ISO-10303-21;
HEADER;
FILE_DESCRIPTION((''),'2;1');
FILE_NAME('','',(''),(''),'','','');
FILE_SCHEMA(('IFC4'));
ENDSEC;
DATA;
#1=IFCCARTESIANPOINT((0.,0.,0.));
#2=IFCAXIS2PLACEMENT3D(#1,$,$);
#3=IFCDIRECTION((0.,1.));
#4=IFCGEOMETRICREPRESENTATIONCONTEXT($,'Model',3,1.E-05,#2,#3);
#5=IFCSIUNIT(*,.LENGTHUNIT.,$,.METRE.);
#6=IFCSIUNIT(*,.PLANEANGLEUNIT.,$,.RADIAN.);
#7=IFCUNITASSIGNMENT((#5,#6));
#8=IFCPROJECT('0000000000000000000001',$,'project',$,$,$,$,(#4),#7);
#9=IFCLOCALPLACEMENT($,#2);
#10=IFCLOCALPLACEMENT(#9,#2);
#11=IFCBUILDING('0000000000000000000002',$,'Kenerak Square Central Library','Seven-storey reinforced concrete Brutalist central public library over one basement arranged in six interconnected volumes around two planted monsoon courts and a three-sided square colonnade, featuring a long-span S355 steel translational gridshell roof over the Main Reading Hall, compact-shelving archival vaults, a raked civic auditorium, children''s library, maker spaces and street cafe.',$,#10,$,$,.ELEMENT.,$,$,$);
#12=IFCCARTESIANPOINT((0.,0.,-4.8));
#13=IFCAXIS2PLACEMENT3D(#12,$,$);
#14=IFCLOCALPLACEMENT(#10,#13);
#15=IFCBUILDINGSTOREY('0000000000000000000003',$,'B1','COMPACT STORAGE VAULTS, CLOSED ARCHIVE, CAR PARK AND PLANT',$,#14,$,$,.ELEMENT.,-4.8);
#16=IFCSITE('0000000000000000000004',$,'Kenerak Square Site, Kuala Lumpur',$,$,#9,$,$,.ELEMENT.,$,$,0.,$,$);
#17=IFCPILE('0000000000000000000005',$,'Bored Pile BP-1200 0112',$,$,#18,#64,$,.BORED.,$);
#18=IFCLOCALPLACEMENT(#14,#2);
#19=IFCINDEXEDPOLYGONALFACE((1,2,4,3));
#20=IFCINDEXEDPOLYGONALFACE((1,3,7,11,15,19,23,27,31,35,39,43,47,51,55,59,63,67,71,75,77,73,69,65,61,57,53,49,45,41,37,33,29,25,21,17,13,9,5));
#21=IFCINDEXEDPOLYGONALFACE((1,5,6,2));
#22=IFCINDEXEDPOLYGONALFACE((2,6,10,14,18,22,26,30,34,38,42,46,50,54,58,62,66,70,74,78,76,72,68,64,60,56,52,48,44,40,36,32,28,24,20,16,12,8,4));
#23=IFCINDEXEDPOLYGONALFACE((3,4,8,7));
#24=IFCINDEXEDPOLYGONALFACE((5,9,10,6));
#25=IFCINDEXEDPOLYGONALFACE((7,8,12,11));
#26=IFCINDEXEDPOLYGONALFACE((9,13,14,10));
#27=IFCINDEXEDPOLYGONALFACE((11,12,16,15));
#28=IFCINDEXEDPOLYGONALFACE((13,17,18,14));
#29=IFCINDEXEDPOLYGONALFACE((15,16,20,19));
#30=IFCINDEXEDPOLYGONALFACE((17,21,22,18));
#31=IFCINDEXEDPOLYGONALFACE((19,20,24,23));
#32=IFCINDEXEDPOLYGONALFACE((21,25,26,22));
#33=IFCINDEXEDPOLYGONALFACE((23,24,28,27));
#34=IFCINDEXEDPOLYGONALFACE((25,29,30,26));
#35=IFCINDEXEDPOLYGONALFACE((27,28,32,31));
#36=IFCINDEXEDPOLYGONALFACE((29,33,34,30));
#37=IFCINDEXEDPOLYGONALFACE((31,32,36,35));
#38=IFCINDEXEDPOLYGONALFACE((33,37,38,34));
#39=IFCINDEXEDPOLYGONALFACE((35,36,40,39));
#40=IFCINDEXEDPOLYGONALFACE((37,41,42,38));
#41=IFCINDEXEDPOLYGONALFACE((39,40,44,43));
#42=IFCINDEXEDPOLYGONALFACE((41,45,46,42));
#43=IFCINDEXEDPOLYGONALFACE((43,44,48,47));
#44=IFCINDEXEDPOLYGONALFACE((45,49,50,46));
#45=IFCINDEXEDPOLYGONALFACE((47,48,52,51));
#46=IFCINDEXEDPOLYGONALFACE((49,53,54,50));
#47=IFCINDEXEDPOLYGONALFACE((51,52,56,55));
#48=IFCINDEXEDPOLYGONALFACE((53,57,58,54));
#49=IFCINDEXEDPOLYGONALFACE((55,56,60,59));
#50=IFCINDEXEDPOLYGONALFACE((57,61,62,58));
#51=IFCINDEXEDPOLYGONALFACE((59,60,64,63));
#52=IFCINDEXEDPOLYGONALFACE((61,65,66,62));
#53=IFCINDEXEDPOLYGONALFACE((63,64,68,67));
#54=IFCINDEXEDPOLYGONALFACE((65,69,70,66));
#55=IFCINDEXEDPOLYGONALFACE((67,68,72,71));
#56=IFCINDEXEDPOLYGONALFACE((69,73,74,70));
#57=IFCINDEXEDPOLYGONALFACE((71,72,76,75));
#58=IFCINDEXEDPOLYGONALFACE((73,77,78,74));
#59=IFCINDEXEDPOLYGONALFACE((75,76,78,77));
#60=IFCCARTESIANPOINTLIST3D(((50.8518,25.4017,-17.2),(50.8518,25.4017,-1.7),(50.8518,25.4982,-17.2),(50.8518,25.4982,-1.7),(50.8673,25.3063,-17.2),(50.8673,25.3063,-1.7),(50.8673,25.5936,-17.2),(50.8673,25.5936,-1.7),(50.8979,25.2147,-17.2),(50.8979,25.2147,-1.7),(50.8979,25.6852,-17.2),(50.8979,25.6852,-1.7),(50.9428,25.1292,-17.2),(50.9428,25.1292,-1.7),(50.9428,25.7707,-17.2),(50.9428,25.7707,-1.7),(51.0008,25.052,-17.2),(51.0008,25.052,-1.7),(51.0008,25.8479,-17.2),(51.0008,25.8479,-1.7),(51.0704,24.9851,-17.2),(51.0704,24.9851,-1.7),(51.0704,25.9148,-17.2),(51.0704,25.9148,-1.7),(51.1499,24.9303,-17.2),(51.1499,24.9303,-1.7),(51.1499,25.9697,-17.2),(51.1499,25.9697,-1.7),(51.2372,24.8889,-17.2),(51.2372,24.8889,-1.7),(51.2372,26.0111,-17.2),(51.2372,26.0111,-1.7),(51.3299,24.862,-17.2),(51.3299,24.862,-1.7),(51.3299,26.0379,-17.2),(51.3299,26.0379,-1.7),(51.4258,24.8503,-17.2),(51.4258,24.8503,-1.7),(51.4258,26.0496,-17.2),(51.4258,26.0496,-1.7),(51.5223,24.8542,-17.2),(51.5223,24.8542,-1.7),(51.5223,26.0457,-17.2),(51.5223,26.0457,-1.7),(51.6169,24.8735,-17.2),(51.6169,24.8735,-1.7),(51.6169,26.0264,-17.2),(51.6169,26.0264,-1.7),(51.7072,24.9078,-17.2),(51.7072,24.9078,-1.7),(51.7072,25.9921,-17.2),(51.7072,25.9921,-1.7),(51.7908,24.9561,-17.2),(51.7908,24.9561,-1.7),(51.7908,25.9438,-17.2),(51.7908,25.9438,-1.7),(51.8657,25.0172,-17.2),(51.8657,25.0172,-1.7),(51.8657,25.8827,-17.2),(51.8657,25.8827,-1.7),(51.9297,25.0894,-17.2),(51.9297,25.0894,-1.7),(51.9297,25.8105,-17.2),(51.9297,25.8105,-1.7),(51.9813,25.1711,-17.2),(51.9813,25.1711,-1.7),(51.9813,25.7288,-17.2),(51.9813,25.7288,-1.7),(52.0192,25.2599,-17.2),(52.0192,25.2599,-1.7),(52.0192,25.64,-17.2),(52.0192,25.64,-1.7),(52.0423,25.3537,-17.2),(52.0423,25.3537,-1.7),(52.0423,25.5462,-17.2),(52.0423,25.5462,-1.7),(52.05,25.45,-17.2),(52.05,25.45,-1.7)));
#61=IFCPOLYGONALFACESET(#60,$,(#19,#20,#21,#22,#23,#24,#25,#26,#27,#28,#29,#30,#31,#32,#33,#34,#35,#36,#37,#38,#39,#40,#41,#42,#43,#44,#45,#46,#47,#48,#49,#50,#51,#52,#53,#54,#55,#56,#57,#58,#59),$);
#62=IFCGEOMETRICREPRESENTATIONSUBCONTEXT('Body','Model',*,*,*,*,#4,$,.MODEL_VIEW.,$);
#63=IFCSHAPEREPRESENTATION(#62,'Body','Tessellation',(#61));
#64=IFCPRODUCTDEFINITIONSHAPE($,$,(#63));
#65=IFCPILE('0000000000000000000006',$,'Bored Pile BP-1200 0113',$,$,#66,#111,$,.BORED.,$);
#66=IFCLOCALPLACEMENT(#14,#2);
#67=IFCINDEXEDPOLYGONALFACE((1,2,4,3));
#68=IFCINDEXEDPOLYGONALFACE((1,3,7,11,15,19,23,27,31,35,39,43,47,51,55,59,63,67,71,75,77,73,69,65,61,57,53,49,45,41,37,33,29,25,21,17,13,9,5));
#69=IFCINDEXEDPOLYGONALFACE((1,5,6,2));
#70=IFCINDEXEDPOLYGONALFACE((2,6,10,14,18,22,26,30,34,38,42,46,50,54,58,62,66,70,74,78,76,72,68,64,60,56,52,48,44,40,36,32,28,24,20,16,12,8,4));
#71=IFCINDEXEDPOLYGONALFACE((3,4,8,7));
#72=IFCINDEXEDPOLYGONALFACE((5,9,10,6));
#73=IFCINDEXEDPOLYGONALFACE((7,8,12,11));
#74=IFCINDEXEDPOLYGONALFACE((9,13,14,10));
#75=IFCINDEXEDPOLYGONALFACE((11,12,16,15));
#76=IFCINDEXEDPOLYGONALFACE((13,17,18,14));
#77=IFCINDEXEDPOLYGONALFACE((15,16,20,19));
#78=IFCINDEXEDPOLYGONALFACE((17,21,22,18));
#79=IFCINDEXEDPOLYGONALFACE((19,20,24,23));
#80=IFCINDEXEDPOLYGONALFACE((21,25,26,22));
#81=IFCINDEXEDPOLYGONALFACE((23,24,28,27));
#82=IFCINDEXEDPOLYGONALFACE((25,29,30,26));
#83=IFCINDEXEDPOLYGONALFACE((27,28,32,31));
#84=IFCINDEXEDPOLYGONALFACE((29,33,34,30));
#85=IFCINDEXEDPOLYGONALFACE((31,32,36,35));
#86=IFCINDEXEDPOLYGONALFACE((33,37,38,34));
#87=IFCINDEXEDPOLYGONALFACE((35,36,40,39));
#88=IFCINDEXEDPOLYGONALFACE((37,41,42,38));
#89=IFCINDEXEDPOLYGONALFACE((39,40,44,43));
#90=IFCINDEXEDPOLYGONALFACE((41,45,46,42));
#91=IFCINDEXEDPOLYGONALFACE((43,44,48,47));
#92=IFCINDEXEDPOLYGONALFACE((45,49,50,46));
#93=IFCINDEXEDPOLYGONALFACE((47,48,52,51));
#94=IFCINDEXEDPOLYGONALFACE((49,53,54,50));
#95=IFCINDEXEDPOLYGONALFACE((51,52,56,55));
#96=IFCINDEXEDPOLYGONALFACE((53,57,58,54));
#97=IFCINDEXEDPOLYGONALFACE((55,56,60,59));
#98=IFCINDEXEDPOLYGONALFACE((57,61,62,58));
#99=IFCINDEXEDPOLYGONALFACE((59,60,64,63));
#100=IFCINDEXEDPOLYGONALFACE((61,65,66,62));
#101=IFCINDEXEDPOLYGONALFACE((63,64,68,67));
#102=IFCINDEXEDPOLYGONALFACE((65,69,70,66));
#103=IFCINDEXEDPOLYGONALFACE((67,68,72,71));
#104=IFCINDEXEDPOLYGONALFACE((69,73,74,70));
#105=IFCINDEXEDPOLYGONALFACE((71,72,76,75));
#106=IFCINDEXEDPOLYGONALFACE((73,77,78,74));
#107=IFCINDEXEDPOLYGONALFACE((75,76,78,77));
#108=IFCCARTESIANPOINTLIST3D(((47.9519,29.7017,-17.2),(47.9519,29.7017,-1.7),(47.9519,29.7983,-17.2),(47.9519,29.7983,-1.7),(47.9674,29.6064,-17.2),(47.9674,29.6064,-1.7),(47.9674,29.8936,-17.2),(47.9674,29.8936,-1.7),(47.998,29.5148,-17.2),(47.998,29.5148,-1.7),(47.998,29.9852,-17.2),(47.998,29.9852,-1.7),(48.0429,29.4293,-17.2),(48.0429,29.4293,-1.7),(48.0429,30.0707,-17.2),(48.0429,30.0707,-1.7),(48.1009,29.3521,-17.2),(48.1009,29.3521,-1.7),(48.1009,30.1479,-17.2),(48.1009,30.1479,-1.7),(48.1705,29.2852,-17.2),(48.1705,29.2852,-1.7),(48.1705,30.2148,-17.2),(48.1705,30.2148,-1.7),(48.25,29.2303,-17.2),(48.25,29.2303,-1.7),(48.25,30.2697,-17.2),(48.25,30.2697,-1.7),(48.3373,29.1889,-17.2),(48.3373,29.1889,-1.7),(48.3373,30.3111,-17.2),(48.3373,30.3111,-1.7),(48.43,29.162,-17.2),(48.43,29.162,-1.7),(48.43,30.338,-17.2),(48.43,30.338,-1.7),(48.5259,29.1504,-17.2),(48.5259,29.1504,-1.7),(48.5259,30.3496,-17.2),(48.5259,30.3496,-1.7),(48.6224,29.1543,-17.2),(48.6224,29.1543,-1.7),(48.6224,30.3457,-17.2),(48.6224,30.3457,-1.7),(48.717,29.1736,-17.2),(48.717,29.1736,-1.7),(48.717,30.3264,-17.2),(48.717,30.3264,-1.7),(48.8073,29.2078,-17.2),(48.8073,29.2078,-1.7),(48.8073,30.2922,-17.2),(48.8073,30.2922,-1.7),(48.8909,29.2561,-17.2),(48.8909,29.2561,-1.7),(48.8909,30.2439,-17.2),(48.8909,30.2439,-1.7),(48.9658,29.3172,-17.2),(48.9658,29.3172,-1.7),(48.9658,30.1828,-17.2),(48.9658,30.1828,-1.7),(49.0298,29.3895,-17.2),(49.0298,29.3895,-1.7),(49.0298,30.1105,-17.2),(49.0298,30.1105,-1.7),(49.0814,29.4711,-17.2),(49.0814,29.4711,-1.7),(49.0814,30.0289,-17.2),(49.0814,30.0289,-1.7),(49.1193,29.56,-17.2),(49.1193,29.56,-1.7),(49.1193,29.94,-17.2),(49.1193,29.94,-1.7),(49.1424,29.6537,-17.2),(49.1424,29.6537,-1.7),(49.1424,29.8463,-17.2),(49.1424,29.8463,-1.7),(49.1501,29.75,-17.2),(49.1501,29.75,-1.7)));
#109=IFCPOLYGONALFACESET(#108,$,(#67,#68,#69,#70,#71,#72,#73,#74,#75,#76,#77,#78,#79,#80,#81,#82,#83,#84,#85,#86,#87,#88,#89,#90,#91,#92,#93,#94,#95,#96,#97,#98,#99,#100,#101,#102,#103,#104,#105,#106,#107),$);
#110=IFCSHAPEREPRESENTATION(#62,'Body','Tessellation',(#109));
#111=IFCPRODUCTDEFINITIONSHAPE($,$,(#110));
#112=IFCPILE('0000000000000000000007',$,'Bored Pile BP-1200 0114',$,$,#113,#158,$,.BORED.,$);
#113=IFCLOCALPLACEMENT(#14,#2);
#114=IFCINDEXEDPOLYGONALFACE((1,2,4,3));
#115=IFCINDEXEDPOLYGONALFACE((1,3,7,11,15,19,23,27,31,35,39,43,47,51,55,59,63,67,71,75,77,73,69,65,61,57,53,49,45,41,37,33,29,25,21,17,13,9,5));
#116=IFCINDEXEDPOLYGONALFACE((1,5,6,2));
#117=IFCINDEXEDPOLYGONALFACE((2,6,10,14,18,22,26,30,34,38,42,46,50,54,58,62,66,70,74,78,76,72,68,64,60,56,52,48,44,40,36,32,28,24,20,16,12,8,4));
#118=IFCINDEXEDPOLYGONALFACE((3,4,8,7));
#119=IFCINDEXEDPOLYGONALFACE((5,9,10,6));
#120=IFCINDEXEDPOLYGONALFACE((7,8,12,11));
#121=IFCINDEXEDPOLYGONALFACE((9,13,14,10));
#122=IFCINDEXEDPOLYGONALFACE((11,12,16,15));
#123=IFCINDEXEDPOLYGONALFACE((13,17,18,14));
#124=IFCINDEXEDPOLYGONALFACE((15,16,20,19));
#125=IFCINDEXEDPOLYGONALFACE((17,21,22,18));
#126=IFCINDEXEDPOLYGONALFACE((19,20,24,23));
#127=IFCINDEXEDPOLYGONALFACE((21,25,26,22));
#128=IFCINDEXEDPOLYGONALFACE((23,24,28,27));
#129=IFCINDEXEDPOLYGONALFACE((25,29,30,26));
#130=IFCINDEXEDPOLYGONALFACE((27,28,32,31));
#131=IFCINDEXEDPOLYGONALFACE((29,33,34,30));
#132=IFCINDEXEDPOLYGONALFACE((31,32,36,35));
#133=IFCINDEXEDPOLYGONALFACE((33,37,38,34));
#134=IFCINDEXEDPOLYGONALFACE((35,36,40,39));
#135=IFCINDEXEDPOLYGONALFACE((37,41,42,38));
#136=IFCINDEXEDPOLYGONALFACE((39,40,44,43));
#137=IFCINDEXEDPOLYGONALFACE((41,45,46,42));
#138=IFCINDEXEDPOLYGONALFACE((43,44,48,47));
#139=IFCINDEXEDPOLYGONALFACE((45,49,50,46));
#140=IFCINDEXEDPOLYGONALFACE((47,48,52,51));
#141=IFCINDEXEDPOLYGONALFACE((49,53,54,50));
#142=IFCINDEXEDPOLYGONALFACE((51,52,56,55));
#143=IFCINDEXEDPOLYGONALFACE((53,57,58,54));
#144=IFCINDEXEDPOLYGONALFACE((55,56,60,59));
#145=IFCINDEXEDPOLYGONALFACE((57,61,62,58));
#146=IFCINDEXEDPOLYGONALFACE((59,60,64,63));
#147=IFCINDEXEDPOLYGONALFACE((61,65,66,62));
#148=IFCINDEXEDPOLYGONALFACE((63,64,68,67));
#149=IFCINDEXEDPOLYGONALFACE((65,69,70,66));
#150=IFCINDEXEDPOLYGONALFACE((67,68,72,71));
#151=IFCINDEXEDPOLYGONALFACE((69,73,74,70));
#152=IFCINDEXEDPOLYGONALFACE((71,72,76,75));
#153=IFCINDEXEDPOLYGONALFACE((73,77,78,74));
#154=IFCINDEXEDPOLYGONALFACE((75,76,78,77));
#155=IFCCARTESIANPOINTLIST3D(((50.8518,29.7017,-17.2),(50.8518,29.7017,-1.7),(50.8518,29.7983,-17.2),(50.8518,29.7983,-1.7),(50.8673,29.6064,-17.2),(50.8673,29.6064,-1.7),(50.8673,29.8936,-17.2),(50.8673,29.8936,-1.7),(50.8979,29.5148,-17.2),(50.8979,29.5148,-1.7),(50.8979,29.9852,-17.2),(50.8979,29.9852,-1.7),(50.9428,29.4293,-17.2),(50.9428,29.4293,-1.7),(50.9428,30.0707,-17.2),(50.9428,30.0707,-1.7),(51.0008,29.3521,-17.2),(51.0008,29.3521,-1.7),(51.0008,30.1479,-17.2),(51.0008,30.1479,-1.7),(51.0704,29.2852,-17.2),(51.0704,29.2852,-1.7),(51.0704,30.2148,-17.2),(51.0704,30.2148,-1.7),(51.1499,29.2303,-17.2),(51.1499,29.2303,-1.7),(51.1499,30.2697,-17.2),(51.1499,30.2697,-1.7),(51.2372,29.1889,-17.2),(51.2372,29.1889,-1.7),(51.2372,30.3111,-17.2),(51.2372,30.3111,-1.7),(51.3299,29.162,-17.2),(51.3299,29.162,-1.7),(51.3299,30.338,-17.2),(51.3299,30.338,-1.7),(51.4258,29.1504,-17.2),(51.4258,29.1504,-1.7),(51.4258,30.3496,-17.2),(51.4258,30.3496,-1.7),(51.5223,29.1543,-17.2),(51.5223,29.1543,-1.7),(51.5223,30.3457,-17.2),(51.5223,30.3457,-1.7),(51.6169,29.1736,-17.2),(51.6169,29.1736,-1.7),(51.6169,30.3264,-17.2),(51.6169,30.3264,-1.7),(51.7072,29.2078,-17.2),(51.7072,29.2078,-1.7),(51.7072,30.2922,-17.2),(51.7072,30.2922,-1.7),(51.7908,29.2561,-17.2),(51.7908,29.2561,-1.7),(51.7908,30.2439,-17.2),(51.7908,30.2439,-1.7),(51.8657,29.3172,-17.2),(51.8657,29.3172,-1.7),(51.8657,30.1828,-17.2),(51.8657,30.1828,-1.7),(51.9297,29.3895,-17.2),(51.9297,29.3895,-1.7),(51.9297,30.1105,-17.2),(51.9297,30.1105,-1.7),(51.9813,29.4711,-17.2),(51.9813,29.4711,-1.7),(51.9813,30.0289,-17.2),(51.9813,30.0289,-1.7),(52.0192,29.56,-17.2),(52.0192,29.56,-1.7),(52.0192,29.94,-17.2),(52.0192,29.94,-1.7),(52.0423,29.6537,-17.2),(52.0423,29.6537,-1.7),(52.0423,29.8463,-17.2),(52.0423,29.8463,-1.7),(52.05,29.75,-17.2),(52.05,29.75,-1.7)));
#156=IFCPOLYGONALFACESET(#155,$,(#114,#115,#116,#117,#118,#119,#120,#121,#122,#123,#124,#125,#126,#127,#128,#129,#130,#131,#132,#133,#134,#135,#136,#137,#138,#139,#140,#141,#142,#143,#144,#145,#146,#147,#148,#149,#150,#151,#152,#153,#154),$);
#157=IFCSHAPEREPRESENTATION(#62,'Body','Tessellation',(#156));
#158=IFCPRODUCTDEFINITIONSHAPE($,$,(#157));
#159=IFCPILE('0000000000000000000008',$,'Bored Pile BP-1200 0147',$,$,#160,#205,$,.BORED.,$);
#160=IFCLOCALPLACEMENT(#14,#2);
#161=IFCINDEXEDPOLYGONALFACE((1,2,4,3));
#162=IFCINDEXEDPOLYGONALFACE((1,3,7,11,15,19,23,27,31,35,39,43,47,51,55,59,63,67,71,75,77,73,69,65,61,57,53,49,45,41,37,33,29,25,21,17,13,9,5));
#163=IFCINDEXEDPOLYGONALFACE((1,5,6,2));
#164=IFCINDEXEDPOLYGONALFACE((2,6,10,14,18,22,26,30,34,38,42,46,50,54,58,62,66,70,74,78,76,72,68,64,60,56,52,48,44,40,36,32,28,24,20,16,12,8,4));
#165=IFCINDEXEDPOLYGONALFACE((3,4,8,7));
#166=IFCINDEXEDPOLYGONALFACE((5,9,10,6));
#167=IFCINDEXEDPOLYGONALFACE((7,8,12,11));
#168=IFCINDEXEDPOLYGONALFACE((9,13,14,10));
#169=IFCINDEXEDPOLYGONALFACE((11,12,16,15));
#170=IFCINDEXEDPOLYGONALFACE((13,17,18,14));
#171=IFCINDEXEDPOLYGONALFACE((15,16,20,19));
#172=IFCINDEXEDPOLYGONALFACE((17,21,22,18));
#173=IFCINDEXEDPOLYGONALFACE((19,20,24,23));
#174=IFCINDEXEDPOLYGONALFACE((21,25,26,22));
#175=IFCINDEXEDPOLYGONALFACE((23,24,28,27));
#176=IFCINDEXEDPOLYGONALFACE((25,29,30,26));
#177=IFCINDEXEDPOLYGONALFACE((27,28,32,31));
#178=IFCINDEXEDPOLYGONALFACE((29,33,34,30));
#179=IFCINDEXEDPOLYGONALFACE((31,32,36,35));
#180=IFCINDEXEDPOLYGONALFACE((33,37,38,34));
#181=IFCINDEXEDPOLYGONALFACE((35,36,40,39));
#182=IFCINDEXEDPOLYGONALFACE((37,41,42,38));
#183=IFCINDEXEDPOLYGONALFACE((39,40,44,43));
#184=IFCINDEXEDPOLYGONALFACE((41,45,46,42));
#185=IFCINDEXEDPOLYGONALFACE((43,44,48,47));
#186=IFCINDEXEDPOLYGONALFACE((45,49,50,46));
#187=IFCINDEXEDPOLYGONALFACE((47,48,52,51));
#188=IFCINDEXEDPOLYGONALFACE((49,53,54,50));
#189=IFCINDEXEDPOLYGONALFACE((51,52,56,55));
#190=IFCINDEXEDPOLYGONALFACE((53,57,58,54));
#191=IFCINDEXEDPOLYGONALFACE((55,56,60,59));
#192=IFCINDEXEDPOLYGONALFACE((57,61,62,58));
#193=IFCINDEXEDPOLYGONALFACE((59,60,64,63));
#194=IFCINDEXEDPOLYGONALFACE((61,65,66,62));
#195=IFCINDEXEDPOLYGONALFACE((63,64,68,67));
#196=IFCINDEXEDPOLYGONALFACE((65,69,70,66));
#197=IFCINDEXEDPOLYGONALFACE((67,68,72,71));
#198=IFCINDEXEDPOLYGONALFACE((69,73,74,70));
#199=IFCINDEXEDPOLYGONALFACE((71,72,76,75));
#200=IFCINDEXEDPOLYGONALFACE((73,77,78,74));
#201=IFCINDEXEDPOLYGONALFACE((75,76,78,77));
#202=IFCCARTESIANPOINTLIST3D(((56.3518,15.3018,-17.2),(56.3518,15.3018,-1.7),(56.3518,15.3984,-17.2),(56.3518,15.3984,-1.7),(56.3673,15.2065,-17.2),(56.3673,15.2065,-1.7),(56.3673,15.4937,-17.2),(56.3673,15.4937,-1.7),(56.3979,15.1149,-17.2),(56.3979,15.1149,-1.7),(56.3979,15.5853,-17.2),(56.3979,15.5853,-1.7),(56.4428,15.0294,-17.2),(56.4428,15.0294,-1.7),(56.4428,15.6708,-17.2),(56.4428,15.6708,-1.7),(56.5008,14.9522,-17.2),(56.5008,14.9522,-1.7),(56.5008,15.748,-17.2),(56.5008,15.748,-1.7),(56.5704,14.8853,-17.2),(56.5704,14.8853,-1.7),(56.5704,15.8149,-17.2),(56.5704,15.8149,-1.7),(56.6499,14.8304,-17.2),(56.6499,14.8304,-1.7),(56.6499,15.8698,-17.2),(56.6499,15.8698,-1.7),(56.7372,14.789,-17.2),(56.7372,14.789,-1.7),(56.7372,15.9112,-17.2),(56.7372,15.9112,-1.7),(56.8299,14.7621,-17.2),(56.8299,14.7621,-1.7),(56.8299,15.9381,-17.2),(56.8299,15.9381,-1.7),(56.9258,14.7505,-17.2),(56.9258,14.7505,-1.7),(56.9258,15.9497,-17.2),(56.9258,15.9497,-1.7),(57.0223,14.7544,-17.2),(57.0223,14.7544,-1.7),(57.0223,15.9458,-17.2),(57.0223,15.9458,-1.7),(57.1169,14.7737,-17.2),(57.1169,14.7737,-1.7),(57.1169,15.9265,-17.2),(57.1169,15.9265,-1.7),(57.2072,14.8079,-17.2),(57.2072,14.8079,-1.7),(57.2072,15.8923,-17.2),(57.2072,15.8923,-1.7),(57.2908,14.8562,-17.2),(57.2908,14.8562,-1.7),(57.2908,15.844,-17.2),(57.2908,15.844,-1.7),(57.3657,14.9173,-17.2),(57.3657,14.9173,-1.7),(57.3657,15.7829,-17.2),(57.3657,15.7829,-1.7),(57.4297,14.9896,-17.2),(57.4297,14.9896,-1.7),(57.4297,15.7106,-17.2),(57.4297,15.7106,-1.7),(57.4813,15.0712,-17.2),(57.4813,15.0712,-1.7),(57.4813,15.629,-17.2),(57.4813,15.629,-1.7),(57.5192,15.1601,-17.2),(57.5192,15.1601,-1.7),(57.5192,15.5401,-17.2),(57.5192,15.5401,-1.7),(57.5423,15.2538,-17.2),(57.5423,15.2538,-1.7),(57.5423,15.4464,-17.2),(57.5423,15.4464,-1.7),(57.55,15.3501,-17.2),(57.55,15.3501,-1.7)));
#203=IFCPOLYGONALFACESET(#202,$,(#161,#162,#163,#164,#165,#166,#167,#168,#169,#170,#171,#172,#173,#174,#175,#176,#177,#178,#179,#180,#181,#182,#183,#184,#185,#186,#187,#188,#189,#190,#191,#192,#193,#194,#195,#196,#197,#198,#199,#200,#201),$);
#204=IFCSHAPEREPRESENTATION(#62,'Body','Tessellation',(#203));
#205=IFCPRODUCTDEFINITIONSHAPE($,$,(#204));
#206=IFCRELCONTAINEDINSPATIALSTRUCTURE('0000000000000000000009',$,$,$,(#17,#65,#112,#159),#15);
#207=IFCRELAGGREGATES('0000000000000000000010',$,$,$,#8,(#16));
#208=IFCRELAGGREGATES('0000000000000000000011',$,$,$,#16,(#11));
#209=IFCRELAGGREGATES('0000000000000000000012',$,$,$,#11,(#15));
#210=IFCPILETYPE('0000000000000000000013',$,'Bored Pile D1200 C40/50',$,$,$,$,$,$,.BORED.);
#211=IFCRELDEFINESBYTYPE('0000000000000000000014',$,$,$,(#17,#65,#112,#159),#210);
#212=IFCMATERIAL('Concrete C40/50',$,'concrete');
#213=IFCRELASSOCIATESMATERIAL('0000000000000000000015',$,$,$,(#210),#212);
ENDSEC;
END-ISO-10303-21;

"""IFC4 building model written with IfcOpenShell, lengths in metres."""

from ifc_helpers import new_model, si_unit, direction, frame, origin, origin_2d, place, context, subcontext, project, spatial, circle, extrude, material, material_profile, profile_set, type_object, element, save


model = new_model("IFC4")

# Units and contexts
model_context = context("Model", 3, precision=1e-05, world=origin(), true_north=direction((0.0, 1.0)))
body_context = subcontext(model_context, "Body", "Model", "MODEL_VIEW")
ifc_project = project(units=[si_unit("LENGTHUNIT", "METRE"), si_unit("PLANEANGLEUNIT", "RADIAN")], contexts=[model_context])

# Site, building, storey
site_placement = place(None, origin())
site = spatial("IfcSite", under=ifc_project, at=site_placement, Name="Kenerak Square Site, Kuala Lumpur", CompositionType="ELEMENT", RefElevation=0.0)
building_placement = place(site_placement, origin())
building = spatial("IfcBuilding", under=site, at=building_placement, Name="Kenerak Square Central Library", Description="Seven-storey reinforced concrete Brutalist central public library over one basement arranged in six interconnected volumes around two planted monsoon courts and a three-sided square colonnade, featuring a long-span S355 steel translational gridshell roof over the Main Reading Hall, compact-shelving archival vaults, a raked civic auditorium, children's library, maker spaces and street cafe.", CompositionType="ELEMENT")
storey_placement = place(building_placement, frame((0.0, 0.0, -4.8)))
storey = spatial("IfcBuildingStorey", under=building, at=storey_placement, Name="B1", Description="COMPACT STORAGE VAULTS, CLOSED ARCHIVE, CAR PARK AND PLANT", CompositionType="ELEMENT", Elevation=-4.8)

# Piles
ifc_material_1 = material(Name="Concrete C40/50", Category="concrete")
ifc_material_profile_1 = material_profile(ifc_material_1, circle(Radius=0.6001, at=origin_2d()), Name="BP D1200")
ifc_profile_set_1 = profile_set([ifc_material_profile_1], Name="Concrete C40/50")
pile_type = type_object("IfcPileType", Name="Bored Pile D1200 C40/50", PredefinedType="BORED", material=ifc_profile_set_1)
for number, where, z_axis, x_axis, name in (
    (1, (51.45, 25.45, -1.7), (0.0, 0.0, -1.0), (1.0, 0.0, 0.0), "Bored Pile BP-1200 0112"),
    (2, (48.55, 29.75, -1.7), (0.0, 0.0, -1.0), (1.0, 0.0, 0.0), "Bored Pile BP-1200 0113"),
    (3, (51.45, 29.75, -1.7), (0.0, 0.0, -1.0), (1.0, 0.0, 0.0), "Bored Pile BP-1200 0114"),
    (4, (56.95, 15.3501, -1.7), (0.0, 0.0, -1.0), (1.0, 0.0, 0.0), "Bored Pile BP-1200 0147"),
):
    element("IfcPile", number, at=place(storey_placement, frame(where, z_axis=z_axis, x_axis=x_axis)), inside=storey, type_object=pile_type, Name=name, PredefinedType="BORED", context=body_context, shape_type="SweptSolid", body=[
        extrude(circle(Radius=0.6001, at=origin_2d()), origin(), (0.0, 0.0, 1.0), 15.5),
    ])

save(model, "model.ifc")
